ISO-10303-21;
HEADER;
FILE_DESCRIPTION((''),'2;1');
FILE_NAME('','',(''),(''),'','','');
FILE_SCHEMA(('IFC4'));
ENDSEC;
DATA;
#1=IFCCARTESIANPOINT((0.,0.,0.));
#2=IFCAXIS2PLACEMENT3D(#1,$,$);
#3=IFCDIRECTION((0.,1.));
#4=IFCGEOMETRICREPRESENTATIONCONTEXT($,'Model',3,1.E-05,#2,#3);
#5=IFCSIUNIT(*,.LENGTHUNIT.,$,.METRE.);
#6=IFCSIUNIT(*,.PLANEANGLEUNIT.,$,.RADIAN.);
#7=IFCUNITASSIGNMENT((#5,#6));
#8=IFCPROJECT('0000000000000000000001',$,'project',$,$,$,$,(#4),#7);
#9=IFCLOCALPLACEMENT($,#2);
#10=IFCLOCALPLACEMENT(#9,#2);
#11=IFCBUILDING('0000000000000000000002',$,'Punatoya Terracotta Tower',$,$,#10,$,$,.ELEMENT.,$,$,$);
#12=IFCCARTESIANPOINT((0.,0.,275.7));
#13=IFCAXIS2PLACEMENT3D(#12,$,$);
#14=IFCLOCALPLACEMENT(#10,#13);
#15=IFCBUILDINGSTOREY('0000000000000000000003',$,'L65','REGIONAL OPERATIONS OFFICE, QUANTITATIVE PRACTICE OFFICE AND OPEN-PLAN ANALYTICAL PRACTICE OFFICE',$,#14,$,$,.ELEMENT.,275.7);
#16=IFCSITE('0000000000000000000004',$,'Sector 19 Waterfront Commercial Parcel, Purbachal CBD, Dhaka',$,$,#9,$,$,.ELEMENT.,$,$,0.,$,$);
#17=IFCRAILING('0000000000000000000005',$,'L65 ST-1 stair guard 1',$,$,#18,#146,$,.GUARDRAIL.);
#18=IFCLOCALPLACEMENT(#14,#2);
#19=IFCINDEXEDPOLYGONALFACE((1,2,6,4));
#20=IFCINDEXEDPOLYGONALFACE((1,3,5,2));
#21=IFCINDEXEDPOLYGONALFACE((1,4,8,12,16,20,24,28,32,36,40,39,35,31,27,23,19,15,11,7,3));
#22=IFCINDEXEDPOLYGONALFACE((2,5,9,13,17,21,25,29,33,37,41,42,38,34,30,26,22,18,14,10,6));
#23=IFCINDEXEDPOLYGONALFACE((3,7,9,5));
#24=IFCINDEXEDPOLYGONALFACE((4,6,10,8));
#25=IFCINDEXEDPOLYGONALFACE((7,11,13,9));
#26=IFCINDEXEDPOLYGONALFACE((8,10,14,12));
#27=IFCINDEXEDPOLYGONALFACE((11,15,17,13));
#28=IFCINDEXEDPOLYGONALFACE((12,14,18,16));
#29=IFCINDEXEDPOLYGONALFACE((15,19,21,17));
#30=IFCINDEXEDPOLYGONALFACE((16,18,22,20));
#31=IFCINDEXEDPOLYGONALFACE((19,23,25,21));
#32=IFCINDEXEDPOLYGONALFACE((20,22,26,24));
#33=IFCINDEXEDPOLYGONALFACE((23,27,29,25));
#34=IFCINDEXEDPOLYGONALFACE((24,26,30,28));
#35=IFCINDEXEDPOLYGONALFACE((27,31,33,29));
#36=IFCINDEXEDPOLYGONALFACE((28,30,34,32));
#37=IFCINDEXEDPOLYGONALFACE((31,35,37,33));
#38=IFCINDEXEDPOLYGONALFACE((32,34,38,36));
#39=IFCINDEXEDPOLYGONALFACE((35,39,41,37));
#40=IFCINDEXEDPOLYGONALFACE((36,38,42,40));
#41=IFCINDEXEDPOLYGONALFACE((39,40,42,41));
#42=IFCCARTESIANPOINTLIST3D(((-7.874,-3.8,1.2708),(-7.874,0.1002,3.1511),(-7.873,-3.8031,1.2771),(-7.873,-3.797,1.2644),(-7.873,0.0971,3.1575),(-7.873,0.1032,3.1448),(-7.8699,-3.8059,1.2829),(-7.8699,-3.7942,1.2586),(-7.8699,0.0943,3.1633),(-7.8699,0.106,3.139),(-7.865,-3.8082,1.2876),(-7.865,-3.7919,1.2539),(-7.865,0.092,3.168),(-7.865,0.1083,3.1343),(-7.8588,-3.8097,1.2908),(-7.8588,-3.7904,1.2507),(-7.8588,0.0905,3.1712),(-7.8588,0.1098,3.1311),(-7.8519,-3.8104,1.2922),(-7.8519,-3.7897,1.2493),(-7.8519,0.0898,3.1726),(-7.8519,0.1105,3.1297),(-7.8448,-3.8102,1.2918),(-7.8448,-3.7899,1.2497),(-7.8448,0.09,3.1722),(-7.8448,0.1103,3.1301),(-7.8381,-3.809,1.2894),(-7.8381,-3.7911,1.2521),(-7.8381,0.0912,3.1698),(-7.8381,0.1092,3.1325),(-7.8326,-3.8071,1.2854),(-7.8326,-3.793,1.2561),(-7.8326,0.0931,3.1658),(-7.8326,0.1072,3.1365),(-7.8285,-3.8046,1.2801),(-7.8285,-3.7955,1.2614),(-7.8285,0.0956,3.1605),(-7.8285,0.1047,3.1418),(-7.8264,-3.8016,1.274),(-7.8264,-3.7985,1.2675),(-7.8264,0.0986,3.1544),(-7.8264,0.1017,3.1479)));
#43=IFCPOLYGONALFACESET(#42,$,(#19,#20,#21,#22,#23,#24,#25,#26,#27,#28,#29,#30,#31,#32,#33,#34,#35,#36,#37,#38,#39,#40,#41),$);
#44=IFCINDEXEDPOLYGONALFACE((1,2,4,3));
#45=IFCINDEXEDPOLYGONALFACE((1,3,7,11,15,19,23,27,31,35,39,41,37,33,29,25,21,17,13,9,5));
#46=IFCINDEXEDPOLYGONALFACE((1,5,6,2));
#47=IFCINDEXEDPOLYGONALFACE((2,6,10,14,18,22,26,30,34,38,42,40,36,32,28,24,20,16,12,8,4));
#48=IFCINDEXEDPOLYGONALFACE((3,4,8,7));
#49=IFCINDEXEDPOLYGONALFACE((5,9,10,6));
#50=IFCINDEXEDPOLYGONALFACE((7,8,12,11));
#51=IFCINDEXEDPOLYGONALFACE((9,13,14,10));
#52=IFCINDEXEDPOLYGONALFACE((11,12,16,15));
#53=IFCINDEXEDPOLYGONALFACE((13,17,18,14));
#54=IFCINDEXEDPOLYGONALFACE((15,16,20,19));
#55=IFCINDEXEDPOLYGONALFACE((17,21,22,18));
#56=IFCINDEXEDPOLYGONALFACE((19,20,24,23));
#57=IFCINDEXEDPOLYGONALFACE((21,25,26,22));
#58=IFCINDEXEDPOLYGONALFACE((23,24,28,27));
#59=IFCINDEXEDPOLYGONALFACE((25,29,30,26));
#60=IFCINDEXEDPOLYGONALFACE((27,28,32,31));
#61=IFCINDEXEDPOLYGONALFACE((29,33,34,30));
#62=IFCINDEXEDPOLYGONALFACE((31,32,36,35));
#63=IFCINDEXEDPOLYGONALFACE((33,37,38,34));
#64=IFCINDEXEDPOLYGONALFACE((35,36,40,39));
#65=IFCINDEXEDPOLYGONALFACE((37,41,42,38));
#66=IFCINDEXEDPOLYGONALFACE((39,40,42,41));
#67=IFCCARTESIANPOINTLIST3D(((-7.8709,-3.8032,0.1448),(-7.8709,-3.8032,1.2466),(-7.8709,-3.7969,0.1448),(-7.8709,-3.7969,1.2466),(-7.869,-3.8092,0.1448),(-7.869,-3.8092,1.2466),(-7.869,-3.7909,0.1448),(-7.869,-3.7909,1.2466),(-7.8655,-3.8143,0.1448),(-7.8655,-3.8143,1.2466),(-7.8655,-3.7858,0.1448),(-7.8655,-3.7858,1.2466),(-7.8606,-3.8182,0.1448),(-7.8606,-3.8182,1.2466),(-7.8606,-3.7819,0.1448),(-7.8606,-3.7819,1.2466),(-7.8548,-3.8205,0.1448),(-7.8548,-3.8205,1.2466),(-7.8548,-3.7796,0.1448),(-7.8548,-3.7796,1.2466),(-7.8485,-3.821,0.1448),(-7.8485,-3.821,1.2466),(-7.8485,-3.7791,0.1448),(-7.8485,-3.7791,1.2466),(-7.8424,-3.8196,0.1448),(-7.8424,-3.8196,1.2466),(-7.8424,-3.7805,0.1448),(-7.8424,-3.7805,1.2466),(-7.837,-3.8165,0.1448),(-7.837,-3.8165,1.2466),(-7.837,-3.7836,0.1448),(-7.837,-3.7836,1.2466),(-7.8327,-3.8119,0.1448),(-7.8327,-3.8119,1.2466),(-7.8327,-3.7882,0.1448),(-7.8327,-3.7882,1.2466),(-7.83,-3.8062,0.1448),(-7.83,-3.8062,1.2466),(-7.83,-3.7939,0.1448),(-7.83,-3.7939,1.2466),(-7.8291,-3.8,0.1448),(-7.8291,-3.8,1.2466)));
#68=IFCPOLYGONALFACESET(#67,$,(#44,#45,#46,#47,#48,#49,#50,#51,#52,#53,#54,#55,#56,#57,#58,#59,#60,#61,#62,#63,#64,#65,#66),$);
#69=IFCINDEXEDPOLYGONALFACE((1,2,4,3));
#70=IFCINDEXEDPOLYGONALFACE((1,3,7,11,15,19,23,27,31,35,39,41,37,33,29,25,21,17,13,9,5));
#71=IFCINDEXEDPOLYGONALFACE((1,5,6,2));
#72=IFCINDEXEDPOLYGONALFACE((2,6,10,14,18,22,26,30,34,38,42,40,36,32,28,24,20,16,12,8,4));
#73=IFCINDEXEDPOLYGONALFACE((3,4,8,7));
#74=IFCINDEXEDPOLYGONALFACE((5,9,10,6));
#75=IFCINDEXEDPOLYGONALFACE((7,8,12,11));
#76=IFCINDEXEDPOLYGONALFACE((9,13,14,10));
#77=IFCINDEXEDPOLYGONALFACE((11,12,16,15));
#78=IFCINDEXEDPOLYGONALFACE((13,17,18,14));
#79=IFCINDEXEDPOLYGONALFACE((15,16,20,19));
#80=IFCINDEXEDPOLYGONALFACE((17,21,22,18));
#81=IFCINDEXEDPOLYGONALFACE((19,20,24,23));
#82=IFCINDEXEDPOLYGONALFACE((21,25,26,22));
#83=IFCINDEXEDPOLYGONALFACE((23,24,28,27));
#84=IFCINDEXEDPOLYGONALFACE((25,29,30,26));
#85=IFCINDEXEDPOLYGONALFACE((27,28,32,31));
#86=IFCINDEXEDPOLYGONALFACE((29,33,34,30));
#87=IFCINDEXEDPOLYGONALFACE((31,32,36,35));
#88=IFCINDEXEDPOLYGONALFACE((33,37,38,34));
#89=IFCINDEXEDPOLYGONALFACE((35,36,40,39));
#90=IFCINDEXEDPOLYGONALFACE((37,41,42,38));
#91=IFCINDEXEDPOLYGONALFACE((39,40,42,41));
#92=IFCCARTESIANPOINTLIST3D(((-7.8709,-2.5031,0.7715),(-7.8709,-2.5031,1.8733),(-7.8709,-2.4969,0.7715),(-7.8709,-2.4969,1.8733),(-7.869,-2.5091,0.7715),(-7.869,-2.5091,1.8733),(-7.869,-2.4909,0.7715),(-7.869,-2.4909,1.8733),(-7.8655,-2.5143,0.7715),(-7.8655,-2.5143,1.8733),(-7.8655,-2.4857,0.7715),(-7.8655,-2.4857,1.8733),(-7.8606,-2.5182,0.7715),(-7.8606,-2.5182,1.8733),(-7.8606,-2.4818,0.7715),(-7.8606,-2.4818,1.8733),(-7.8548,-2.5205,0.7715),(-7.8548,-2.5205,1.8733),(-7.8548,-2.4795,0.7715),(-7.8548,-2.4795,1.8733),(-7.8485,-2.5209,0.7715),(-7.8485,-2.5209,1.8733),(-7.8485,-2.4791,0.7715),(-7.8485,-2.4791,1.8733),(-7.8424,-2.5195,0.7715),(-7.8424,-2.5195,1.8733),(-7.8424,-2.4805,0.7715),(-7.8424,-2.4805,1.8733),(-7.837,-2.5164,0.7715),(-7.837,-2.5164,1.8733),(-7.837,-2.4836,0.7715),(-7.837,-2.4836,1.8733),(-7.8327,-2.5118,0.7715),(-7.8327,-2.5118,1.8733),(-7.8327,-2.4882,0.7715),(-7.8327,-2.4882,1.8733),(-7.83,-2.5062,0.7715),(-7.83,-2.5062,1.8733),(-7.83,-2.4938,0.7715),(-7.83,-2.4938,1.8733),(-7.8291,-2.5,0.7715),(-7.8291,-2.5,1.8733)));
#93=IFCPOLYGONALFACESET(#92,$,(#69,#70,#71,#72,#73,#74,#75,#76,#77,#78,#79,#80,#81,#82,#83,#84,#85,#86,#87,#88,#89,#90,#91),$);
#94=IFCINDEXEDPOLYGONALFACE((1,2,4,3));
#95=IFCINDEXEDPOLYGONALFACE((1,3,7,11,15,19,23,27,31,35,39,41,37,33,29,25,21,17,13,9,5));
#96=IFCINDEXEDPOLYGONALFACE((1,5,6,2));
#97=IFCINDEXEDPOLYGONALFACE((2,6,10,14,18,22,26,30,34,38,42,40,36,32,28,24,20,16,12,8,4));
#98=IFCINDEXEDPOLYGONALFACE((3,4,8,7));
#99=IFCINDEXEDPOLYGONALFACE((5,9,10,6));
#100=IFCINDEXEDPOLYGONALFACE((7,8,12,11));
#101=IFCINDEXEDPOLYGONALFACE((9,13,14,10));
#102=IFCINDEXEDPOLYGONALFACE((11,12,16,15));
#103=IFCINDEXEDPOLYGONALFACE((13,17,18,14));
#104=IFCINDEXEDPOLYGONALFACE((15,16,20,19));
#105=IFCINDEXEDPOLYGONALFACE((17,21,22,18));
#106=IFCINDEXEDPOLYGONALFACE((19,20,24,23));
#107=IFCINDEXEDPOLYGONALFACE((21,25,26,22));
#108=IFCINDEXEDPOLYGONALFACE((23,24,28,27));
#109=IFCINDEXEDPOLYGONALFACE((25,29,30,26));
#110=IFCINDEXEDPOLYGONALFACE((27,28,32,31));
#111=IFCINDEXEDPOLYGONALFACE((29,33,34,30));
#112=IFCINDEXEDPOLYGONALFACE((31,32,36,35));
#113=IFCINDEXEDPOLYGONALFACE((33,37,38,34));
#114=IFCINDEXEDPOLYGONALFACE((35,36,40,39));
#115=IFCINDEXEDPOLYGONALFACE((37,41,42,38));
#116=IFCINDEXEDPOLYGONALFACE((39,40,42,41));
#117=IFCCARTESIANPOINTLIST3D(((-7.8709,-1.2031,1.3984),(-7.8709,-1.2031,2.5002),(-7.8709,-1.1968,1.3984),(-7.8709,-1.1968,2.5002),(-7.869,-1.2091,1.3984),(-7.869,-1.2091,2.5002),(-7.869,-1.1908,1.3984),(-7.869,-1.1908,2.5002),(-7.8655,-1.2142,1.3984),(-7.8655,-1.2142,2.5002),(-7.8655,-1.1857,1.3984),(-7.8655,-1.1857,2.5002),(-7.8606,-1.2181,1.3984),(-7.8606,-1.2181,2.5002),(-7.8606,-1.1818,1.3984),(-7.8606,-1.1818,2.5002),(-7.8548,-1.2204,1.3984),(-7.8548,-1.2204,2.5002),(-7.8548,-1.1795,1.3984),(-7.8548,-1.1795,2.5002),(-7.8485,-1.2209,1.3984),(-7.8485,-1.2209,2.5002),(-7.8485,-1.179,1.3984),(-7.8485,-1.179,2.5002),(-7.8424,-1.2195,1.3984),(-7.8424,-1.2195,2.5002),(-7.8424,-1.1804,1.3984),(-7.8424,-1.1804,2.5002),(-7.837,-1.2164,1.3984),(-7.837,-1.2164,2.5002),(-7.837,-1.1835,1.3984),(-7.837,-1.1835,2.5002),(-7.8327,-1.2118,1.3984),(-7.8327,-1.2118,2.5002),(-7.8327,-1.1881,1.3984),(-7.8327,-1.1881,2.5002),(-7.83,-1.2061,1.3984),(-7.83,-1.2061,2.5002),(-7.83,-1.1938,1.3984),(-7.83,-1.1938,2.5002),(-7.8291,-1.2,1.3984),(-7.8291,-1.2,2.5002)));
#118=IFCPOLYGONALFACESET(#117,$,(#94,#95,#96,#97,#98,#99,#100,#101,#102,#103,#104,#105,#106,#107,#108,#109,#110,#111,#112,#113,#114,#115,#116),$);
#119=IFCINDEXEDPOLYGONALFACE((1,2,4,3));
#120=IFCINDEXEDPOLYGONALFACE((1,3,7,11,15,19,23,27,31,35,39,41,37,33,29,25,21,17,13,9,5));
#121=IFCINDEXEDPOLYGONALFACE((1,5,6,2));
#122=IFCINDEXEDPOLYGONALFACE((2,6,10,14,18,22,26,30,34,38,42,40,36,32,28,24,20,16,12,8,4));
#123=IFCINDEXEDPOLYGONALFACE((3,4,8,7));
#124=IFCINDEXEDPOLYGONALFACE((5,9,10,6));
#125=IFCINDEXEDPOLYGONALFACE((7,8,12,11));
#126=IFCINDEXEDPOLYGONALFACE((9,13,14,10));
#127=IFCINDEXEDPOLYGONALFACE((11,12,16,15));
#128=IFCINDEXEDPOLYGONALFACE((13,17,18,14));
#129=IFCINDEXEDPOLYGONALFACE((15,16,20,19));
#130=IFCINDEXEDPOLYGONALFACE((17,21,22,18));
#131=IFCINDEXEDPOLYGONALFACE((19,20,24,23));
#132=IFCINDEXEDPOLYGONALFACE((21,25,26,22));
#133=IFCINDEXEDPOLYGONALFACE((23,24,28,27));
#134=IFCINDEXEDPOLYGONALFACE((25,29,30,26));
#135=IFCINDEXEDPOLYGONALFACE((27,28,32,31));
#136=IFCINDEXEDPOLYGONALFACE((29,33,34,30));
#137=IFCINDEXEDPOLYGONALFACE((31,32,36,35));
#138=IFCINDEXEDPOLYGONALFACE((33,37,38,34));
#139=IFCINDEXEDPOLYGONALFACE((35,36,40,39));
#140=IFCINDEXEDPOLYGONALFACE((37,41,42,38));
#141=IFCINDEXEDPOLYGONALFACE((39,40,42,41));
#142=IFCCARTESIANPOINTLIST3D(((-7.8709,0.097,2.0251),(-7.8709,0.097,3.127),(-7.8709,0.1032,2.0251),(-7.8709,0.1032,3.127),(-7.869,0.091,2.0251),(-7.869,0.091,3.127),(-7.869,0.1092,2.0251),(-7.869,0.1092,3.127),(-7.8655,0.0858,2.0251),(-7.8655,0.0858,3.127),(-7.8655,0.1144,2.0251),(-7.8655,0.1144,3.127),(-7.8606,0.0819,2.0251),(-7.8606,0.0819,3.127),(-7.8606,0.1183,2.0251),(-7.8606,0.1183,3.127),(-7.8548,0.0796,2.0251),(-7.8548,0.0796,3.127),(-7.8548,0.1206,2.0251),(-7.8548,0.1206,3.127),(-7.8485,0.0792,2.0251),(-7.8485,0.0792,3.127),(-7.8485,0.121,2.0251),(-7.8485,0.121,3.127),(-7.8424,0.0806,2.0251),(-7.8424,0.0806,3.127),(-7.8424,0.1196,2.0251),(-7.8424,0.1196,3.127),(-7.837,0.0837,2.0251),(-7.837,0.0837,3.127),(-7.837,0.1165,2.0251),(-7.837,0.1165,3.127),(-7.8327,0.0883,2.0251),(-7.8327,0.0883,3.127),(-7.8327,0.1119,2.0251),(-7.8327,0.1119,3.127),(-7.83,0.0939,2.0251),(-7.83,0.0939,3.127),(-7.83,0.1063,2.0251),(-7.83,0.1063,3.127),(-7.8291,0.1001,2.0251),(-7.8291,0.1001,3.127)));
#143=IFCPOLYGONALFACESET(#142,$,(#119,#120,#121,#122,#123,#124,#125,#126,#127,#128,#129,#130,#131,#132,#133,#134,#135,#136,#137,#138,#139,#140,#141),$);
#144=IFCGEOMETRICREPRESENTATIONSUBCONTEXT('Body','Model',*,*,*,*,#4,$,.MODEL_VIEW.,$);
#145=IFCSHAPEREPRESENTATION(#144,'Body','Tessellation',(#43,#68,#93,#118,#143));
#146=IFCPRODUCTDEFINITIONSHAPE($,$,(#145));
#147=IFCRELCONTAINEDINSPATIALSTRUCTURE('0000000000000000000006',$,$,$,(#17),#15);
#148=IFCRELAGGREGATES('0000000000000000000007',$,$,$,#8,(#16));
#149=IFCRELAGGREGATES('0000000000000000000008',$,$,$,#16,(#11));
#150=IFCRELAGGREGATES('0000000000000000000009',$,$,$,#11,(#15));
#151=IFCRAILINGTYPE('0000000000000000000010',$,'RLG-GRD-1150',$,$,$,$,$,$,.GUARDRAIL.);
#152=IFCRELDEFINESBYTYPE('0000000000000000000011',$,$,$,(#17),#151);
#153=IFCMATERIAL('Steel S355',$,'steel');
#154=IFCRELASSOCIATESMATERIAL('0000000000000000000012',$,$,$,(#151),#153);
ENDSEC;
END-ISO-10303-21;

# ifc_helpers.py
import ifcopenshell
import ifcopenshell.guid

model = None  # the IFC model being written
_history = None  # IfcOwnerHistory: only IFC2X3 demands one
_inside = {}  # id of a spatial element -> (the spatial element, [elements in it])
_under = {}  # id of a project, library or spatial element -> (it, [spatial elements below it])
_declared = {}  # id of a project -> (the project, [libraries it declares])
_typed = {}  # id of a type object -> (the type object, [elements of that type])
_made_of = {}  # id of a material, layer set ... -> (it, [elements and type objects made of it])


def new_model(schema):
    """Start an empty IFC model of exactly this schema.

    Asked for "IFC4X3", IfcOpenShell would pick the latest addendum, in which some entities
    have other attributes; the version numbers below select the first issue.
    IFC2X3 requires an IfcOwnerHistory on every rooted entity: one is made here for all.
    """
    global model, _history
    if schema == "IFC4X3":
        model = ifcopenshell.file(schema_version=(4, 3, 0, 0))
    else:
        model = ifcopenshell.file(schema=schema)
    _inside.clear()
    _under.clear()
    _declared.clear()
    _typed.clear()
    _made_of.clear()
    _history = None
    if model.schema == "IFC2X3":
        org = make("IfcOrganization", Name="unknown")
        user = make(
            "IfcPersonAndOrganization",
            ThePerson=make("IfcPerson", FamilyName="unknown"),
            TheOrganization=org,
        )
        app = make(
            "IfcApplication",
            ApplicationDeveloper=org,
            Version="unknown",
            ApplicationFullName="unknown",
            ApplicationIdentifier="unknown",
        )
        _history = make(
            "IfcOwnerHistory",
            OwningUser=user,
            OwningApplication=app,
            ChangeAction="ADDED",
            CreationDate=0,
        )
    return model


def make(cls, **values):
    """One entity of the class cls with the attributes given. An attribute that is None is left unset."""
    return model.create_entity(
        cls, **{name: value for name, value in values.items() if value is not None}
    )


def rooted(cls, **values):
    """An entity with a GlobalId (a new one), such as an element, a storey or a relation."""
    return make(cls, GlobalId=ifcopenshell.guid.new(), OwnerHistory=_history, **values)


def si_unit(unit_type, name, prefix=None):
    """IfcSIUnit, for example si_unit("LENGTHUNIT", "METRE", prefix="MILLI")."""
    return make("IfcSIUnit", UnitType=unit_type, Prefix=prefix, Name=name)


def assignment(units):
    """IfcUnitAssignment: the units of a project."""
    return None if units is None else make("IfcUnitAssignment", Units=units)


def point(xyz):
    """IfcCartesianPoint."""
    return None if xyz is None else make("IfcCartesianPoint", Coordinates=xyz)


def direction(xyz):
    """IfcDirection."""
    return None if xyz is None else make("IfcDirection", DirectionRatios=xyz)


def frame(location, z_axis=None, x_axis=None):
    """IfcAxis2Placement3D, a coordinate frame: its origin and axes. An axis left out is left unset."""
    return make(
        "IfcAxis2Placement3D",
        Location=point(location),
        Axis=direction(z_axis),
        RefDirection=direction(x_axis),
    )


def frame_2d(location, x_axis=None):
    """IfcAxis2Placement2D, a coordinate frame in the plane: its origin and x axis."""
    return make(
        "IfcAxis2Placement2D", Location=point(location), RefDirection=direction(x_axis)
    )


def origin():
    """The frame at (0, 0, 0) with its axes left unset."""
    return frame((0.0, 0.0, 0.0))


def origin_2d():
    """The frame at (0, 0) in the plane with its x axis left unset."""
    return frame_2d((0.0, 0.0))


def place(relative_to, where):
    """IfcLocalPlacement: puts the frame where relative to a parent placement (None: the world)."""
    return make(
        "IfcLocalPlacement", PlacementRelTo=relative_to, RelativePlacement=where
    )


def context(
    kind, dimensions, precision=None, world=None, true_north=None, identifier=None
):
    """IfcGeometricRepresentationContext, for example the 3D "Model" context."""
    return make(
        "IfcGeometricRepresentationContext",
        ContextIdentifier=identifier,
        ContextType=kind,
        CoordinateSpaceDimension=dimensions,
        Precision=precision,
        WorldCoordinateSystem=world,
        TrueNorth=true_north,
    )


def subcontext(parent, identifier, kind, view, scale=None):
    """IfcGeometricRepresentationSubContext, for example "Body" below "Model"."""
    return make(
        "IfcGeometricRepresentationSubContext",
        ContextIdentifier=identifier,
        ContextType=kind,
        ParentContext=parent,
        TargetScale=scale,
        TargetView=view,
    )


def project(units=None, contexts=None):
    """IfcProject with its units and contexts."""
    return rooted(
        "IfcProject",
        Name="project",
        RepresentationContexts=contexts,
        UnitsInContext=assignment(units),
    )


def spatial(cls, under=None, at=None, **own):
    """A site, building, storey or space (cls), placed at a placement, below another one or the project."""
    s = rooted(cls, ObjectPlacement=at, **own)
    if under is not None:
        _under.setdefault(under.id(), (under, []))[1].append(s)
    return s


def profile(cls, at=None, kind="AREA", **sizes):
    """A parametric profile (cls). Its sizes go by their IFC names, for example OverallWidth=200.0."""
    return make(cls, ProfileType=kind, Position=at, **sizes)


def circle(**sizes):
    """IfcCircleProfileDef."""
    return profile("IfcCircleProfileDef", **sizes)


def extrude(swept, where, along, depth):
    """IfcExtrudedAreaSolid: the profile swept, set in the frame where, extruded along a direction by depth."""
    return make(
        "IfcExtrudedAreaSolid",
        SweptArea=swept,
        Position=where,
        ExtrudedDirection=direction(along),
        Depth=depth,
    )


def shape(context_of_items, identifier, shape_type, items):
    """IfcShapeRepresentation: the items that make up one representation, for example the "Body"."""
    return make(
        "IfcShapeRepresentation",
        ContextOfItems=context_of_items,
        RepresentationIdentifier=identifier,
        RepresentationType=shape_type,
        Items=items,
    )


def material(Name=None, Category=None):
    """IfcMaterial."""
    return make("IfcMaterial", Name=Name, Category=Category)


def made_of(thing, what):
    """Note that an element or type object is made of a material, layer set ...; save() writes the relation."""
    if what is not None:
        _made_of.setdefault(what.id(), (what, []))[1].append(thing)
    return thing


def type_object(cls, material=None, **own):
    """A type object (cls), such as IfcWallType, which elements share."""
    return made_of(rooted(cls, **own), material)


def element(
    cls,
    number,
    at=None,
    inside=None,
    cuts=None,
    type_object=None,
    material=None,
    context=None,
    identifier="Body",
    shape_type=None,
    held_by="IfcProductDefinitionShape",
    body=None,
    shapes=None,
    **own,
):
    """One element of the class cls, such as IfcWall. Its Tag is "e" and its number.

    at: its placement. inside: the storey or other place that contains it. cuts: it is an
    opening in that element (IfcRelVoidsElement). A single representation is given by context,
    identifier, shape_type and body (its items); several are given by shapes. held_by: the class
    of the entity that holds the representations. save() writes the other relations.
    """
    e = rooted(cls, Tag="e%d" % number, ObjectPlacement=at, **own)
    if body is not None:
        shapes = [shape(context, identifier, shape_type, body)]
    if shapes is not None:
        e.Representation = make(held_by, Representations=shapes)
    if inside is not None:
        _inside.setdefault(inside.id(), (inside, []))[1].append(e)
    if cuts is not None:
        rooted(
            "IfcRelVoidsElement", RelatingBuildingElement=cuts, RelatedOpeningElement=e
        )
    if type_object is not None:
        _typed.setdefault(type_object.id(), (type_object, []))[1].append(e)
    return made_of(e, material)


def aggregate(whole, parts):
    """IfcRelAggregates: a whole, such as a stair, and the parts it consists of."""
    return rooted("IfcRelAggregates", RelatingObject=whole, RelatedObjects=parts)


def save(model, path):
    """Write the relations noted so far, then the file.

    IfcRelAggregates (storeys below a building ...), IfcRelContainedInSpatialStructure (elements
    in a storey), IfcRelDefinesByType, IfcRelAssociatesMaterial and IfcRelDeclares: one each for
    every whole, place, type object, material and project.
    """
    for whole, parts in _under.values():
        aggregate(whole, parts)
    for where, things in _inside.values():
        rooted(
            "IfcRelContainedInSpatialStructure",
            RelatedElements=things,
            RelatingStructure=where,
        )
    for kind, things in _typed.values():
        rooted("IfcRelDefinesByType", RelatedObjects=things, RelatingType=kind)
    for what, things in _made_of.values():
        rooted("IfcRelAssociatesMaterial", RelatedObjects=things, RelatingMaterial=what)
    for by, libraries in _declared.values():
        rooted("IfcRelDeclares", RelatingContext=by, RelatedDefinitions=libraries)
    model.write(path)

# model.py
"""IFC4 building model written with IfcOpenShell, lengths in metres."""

from ifc_helpers import new_model, si_unit, direction, frame, origin, origin_2d, place, context, subcontext, project, spatial, circle, extrude, material, type_object, element, save


model = new_model("IFC4")

# Units and contexts
model_context = context("Model", 3, precision=1e-05, world=origin(), true_north=direction((0.0, 1.0)))
body_context = subcontext(model_context, "Body", "Model", "MODEL_VIEW")
ifc_project = project(units=[si_unit("LENGTHUNIT", "METRE"), si_unit("PLANEANGLEUNIT", "RADIAN")], contexts=[model_context])

# Site, building, storey
site_placement = place(None, origin())
site = spatial("IfcSite", under=ifc_project, at=site_placement, Name="Sector 19 Waterfront Commercial Parcel, Purbachal CBD, Dhaka", CompositionType="ELEMENT", RefElevation=0.0)
building_placement = place(site_placement, origin())
building = spatial("IfcBuilding", under=site, at=building_placement, Name="Punatoya Terracotta Tower", CompositionType="ELEMENT")
storey_placement = place(building_placement, frame((0.0, 0.0, 275.7)))
storey = spatial("IfcBuildingStorey", under=building, at=storey_placement, Name="L65", Description="REGIONAL OPERATIONS OFFICE, QUANTITATIVE PRACTICE OFFICE AND OPEN-PLAN ANALYTICAL PRACTICE OFFICE", CompositionType="ELEMENT", Elevation=275.7)

# Railing
ifc_material_1 = material(Name="Steel S355", Category="steel")
railing_type_1 = type_object("IfcRailingType", Name="RLG-GRD-1150", PredefinedType="GUARDRAIL", material=ifc_material_1)
railing_1_placement = place(storey_placement, frame((-7.8501, -3.8, 0.1448)))
element("IfcRailing", 1, at=railing_1_placement, inside=storey, type_object=railing_type_1, Name="L65 ST-1 stair guard 1", PredefinedType="GUARDRAIL", context=body_context, shape_type="SweptSolid", body=[
    extrude(circle(Radius=0.0239, at=origin_2d()), frame((0.0, 0.0, 1.126), z_axis=(0.0, 0.900774, 0.434289), x_axis=(-1.0, 0.0, 0.0)), (0.0, 0.0, 1.0), 4.3298),
    extrude(circle(Radius=0.021, at=origin_2d()), origin(), (0.0, 0.0, 1.0), 1.1018),
    extrude(circle(Radius=0.021, at=origin_2d()), frame((0.0, 1.3, 0.6267)), (0.0, 0.0, 1.0), 1.1018),
    extrude(circle(Radius=0.021, at=origin_2d()), frame((0.0, 2.6001, 1.2537)), (0.0, 0.0, 1.0), 1.1018),
    extrude(circle(Radius=0.021, at=origin_2d()), frame((0.0, 3.9001, 1.8804)), (0.0, 0.0, 1.0), 1.1018),
])

save(model, "model.ifc")
